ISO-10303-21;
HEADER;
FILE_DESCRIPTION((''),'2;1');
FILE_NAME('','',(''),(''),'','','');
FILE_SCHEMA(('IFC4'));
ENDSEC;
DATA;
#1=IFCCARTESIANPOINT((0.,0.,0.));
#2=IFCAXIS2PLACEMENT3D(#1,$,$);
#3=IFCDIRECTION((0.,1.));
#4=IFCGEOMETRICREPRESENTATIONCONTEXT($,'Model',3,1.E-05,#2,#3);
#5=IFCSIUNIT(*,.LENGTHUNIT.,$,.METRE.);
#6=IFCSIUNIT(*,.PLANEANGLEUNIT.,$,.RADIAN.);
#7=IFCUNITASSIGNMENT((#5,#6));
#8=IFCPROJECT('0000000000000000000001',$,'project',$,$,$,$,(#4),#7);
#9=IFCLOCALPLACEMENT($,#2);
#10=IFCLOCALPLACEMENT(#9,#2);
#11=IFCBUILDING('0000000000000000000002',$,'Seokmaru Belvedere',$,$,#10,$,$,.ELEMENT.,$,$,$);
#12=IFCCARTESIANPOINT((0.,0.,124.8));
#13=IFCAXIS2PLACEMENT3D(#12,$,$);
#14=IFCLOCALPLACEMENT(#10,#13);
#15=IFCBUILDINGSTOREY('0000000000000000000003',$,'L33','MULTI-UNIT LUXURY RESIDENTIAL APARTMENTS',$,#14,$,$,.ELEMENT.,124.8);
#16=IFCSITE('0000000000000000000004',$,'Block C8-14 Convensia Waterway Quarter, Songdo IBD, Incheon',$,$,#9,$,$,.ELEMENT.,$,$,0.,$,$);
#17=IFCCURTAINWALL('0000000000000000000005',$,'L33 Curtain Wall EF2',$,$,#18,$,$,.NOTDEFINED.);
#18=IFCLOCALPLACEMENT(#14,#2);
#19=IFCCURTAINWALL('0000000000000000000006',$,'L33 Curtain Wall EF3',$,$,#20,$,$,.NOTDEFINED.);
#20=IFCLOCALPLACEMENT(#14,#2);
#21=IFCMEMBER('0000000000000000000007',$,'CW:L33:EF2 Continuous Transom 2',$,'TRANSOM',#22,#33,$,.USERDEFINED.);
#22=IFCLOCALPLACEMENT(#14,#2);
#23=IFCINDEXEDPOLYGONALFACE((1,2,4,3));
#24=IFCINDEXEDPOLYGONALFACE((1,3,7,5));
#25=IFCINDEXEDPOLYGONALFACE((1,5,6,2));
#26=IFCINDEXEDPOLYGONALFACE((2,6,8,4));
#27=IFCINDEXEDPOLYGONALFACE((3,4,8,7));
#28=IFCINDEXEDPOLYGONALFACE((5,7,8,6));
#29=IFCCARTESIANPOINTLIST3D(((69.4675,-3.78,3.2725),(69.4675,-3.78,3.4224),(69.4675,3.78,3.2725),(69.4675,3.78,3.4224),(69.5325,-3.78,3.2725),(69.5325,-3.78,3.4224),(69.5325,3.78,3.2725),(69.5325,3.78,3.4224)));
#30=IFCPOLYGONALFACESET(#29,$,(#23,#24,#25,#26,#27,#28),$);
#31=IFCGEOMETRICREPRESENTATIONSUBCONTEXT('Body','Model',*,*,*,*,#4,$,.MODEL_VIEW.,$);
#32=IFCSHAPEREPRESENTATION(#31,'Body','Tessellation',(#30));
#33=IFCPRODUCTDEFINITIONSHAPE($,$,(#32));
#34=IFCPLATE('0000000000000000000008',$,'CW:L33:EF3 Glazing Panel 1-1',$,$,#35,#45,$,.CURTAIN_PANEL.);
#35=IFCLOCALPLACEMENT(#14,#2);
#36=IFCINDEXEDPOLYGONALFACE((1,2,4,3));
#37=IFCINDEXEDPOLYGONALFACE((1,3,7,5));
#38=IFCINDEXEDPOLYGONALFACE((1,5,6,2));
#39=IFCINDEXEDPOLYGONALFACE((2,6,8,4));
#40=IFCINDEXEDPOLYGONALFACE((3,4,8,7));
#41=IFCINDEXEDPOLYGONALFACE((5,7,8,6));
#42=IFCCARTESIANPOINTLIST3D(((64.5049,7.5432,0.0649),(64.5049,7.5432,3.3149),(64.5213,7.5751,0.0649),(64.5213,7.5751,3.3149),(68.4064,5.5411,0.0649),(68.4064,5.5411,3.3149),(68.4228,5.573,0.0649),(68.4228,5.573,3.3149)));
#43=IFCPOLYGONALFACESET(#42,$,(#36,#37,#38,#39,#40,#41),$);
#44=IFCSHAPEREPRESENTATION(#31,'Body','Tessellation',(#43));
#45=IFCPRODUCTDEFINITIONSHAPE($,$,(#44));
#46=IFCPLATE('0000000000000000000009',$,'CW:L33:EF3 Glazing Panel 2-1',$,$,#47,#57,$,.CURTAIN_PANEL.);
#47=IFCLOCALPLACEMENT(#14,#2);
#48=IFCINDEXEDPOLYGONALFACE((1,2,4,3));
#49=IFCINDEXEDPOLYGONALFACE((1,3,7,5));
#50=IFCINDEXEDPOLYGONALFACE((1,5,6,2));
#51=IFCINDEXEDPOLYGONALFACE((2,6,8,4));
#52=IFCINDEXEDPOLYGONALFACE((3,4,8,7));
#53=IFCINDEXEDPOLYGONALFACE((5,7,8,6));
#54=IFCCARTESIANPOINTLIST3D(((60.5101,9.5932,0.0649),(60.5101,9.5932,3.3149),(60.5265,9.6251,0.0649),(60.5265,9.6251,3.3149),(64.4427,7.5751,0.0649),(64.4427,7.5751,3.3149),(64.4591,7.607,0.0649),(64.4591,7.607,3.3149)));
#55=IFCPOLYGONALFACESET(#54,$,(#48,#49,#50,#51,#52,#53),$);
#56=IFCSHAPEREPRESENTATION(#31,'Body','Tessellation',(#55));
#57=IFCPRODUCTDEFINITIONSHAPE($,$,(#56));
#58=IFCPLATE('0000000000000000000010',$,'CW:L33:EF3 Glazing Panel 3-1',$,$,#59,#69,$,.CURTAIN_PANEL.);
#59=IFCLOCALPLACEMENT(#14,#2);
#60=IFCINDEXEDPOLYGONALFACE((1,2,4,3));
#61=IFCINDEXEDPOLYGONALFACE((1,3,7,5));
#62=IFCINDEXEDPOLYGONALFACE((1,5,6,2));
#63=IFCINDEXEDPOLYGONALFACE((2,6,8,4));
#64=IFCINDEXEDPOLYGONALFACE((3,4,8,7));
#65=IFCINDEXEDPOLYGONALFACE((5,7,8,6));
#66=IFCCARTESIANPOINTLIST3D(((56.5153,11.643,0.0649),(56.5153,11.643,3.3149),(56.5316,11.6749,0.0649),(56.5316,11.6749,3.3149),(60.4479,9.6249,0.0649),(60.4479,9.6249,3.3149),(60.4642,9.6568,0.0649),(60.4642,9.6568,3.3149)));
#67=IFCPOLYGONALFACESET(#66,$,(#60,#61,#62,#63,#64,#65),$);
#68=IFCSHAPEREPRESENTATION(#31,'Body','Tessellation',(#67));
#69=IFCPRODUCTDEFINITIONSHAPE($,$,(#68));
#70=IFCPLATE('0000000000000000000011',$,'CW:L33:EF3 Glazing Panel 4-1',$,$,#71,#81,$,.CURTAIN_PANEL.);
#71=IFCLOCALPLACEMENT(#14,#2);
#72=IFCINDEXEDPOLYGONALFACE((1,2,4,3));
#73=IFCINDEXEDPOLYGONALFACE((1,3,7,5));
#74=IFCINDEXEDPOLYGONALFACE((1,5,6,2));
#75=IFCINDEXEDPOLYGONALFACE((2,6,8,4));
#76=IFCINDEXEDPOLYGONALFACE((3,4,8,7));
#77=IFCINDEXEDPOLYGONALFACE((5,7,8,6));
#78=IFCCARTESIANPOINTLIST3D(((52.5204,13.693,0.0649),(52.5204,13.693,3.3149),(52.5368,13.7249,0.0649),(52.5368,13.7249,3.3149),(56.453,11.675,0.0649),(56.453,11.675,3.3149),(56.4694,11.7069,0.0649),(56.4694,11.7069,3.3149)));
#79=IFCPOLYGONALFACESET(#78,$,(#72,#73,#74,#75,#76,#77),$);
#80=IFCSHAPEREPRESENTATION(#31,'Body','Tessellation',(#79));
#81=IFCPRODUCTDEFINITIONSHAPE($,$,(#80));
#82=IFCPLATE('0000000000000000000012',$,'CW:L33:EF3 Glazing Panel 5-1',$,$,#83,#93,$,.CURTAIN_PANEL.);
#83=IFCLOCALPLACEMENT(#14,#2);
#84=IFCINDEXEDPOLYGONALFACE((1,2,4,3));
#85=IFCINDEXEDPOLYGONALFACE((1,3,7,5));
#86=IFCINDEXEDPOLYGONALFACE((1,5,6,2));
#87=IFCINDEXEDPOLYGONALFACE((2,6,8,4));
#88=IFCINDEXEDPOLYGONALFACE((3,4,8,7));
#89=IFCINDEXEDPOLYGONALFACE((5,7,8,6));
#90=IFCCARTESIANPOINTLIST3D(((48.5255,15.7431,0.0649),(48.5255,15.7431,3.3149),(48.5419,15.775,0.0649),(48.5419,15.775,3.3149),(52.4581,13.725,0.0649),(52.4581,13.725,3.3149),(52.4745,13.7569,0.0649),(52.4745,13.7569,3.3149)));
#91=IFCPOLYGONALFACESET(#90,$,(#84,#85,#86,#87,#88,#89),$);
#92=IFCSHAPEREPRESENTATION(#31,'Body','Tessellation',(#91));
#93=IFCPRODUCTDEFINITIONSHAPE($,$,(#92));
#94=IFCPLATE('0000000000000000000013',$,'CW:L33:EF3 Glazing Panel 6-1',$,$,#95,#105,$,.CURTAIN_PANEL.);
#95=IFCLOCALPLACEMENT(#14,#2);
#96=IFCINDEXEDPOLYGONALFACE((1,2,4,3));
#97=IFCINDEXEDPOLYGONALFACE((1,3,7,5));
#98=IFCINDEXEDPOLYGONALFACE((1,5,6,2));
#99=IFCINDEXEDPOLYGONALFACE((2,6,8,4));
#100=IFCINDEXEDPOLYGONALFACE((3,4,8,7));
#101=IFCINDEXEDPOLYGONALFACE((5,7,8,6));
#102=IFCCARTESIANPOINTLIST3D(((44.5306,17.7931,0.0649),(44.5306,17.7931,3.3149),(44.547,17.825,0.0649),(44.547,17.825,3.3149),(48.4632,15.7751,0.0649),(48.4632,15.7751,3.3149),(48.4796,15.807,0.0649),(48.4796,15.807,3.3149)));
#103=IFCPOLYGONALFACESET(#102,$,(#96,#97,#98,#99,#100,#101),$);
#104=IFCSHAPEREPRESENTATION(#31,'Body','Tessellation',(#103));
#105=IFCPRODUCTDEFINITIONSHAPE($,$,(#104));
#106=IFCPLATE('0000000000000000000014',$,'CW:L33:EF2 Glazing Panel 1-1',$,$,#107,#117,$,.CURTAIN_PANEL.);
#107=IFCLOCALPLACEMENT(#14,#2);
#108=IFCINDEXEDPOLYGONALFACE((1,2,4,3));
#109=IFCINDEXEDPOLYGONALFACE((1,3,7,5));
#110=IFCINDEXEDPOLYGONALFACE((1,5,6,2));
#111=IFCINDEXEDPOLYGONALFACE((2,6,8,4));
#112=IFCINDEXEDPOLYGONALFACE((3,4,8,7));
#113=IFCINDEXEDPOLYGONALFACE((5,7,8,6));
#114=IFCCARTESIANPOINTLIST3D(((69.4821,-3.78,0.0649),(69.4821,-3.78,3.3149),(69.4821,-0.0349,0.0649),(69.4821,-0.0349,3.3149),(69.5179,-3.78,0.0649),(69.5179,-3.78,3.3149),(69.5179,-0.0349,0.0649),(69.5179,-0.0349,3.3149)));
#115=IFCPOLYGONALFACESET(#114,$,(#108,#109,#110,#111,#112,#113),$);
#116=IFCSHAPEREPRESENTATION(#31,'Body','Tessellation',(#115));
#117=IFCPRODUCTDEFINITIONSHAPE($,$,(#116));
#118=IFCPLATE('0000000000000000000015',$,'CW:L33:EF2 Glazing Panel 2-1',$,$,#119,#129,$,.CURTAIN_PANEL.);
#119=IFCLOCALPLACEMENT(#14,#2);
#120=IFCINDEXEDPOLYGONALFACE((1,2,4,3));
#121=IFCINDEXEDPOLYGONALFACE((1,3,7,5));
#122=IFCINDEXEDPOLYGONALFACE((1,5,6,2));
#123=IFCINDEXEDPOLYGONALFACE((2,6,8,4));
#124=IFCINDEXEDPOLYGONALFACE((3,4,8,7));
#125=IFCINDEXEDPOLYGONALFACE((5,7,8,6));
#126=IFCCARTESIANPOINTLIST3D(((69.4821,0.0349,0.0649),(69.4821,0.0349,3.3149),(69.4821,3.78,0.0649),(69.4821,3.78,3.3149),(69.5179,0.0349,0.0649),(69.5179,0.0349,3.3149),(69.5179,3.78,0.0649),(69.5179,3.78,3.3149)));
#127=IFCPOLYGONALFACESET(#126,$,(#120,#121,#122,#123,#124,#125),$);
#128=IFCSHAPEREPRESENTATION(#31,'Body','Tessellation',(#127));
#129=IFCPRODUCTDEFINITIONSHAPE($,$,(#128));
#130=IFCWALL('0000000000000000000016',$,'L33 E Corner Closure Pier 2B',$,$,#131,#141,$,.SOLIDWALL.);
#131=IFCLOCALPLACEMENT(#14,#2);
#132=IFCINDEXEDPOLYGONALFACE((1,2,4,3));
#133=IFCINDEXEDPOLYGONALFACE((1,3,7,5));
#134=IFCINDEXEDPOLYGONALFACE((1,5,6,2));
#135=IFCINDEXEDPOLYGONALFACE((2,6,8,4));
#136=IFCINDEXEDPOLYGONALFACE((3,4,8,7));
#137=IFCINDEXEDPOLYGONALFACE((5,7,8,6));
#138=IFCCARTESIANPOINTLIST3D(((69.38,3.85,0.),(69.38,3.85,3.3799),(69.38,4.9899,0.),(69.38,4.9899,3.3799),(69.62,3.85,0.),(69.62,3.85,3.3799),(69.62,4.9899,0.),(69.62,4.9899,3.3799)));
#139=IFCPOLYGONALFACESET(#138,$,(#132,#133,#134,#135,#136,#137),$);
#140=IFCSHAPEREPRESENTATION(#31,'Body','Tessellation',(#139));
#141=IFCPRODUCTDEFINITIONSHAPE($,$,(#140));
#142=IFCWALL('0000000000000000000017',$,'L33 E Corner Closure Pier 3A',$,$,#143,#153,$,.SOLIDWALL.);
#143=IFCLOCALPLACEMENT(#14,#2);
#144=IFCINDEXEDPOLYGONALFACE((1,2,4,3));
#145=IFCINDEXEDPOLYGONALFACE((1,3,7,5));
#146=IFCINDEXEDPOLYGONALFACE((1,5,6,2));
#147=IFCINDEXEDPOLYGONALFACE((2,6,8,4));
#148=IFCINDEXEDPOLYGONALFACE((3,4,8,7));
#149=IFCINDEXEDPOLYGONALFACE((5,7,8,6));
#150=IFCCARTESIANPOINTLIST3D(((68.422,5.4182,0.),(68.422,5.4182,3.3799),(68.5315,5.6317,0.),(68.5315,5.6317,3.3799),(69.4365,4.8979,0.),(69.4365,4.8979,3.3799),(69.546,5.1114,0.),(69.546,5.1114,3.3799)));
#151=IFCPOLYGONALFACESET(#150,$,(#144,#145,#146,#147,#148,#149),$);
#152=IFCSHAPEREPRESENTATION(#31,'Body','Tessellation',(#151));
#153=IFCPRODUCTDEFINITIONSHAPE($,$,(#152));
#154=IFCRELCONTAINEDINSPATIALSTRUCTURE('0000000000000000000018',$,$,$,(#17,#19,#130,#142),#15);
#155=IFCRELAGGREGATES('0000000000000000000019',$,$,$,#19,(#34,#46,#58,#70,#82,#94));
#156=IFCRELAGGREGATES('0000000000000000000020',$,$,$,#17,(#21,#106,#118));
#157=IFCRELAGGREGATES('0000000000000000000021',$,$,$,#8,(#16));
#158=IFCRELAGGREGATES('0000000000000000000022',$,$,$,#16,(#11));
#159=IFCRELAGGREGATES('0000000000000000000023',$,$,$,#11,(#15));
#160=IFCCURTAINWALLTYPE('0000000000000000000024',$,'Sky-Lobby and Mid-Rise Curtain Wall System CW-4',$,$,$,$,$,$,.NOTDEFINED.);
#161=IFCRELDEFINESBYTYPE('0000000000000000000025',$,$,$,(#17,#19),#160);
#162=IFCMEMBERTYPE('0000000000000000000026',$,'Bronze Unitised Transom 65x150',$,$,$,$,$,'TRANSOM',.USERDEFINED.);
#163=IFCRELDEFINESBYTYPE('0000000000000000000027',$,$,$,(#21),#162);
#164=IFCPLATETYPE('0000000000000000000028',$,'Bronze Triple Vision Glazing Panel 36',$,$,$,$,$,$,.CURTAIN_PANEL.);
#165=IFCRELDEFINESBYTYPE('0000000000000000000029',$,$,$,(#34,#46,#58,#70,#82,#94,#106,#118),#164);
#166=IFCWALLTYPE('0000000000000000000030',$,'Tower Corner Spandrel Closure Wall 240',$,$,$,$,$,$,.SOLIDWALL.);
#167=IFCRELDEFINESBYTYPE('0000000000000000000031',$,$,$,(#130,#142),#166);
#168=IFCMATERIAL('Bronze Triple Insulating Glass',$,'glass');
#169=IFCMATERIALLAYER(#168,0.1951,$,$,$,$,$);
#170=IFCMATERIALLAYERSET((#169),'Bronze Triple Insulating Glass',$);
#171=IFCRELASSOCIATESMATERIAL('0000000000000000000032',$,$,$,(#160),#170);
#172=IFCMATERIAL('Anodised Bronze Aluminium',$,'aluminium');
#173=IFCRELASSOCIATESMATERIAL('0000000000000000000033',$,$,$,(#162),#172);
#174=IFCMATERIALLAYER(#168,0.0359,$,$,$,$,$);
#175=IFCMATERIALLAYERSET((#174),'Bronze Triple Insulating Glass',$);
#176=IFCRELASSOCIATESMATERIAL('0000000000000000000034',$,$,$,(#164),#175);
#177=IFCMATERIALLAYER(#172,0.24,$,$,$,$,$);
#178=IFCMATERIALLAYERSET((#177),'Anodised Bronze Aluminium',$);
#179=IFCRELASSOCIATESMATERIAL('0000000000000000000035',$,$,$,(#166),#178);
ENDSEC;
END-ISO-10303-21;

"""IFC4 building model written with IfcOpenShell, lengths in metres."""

from ifc_helpers import new_model, si_unit, direction, frame, frame_2d, origin, origin_2d, place, context, subcontext, project, spatial, rectangle, extrude, source, transform, mapped, material, layer, layer_set, material_profile, profile_set, type_object, type_shapes, element, aggregate, save


model = new_model("IFC4")

# Units and contexts
model_context = context("Model", 3, precision=1e-05, world=origin(), true_north=direction((0.0, 1.0)))
body_context = subcontext(model_context, "Body", "Model", "MODEL_VIEW")
ifc_project = project(units=[si_unit("LENGTHUNIT", "METRE"), si_unit("PLANEANGLEUNIT", "RADIAN")], contexts=[model_context])

# Site, building, storey
site_placement = place(None, origin())
site = spatial("IfcSite", under=ifc_project, at=site_placement, Name="Block C8-14 Convensia Waterway Quarter, Songdo IBD, Incheon", CompositionType="ELEMENT", RefElevation=0.0)
building_placement = place(site_placement, origin())
building = spatial("IfcBuilding", under=site, at=building_placement, Name="Seokmaru Belvedere", CompositionType="ELEMENT")
storey_placement = place(building_placement, frame((0.0, 0.0, 124.8)))
storey = spatial("IfcBuildingStorey", under=building, at=storey_placement, Name="L33", Description="MULTI-UNIT LUXURY RESIDENTIAL APARTMENTS", CompositionType="ELEMENT", Elevation=124.8)

# Curtain walls
ifc_material_1 = material(Name="Bronze Triple Insulating Glass", Category="glass")
ifc_layer_1 = layer(ifc_material_1, 0.1951)
ifc_layer_set_1 = layer_set([ifc_layer_1], Name="Bronze Triple Insulating Glass")
curtain_wall_type = type_object("IfcCurtainWallType", Name="Sky-Lobby and Mid-Rise Curtain Wall System CW-4", PredefinedType="NOTDEFINED", material=ifc_layer_set_1)
curtain_wall_1_placement = place(storey_placement, origin())
curtain_wall_1 = element("IfcCurtainWall", 1, at=curtain_wall_1_placement, inside=storey, type_object=curtain_wall_type, Name="L33 Curtain Wall EF2", PredefinedType="NOTDEFINED")
ifc_material_2 = material(Name="Anodised Bronze Aluminium", Category="aluminium")
curtain_wall_2_placement = place(storey_placement, origin())
curtain_wall_2 = element("IfcCurtainWall", 2, at=curtain_wall_2_placement, inside=storey, type_object=curtain_wall_type, Name="L33 Curtain Wall EF3", PredefinedType="NOTDEFINED")

# Member
ifc_material_profile_1 = material_profile(ifc_material_2, rectangle(XDim=0.0649, YDim=0.1499, at=origin_2d()), Name="CW-T-65x150")
ifc_profile_set_1 = profile_set([ifc_material_profile_1], Name="Anodised Bronze Aluminium")
member_type_1 = type_object("IfcMemberType", Name="Bronze Unitised Transom 65x150", ElementType="TRANSOM", PredefinedType="USERDEFINED", material=ifc_profile_set_1)
shared_shape_1 = source(origin(), body_context, "Body", "SweptSolid", [
    extrude(rectangle(XDim=0.0649, YDim=0.1499, at=origin_2d()), origin(), (0.0, 0.0, 1.0), 7.5601),
])
member_1_placement = place(storey_placement, frame((69.5, -3.78, 3.3474), z_axis=(0.0, 1.0, 0.0), x_axis=(-1.0, 0.0, 0.0)))
member_1 = element("IfcMember", 3, at=member_1_placement, type_object=member_type_1, Name="CW:L33:EF2 Continuous Transom 2", ObjectType="TRANSOM", PredefinedType="USERDEFINED", context=body_context, shape_type="MappedRepresentation", body=[
    mapped(shared_shape_1, transform((0.0, 0.0, 0.0), scale=1.0)),
])

# Plates
ifc_layer_2 = layer(ifc_material_1, 0.0359)
ifc_layer_set_2 = layer_set([ifc_layer_2], Name="Bronze Triple Insulating Glass")
plate_type = type_object("IfcPlateType", Name="Bronze Triple Vision Glazing Panel 36", PredefinedType="CURTAIN_PANEL", material=ifc_layer_set_2)
shared_shape_2 = source(origin(), body_context, "Body", "SweptSolid", [
    extrude(rectangle(XDim=4.3853, YDim=0.0359, at=origin_2d()), origin(), (0.0, 0.0, 1.0), 3.25),
])
plate_1_placement = place(storey_placement, frame((66.4639, 6.5581, 0.0649), z_axis=(0.0, 0.0, 1.0), x_axis=(-0.889695, 0.456555, 0.0)))
plate_1 = element("IfcPlate", 4, at=plate_1_placement, type_object=plate_type, Name="CW:L33:EF3 Glazing Panel 1-1", PredefinedType="CURTAIN_PANEL", context=body_context, shape_type="MappedRepresentation", body=[
    mapped(shared_shape_2, transform((0.0, 0.0, 0.0), scale=1.0)),
])
shared_shape_3 = source(origin(), body_context, "Body", "SweptSolid", [
    extrude(rectangle(XDim=4.4202, YDim=0.0359, at=origin_2d()), origin(), (0.0, 0.0, 1.0), 3.25),
])
plate_2_placement = place(storey_placement, frame((62.4846, 8.6001, 0.0649), z_axis=(0.0, 0.0, 1.0), x_axis=(-0.889695, 0.456555, 0.0)))
plate_2 = element("IfcPlate", 5, at=plate_2_placement, type_object=plate_type, Name="CW:L33:EF3 Glazing Panel 2-1", PredefinedType="CURTAIN_PANEL", context=body_context, shape_type="MappedRepresentation", body=[
    mapped(shared_shape_3, transform((0.0, 0.0, 0.0), scale=1.0)),
])
plate_3_placement = place(storey_placement, frame((58.4897, 10.6499, 0.0649), z_axis=(0.0, 0.0, 1.0), x_axis=(-0.889695, 0.456555, 0.0)))
plate_3 = element("IfcPlate", 6, at=plate_3_placement, type_object=plate_type, Name="CW:L33:EF3 Glazing Panel 3-1", PredefinedType="CURTAIN_PANEL", context=body_context, shape_type="MappedRepresentation", body=[
    mapped(shared_shape_3, transform((0.0, 0.0, 0.0), scale=1.0)),
])
plate_4_placement = place(storey_placement, frame((54.4949, 12.7, 0.0649), z_axis=(0.0, 0.0, 1.0), x_axis=(-0.889695, 0.456555, 0.0)))
plate_4 = element("IfcPlate", 7, at=plate_4_placement, type_object=plate_type, Name="CW:L33:EF3 Glazing Panel 4-1", PredefinedType="CURTAIN_PANEL", context=body_context, shape_type="MappedRepresentation", body=[
    mapped(shared_shape_3, transform((0.0, 0.0, 0.0), scale=1.0)),
])
plate_5_placement = place(storey_placement, frame((50.5, 14.75, 0.0649), z_axis=(0.0, 0.0, 1.0), x_axis=(-0.889695, 0.456555, 0.0)))
plate_5 = element("IfcPlate", 8, at=plate_5_placement, type_object=plate_type, Name="CW:L33:EF3 Glazing Panel 5-1", PredefinedType="CURTAIN_PANEL", context=body_context, shape_type="MappedRepresentation", body=[
    mapped(shared_shape_3, transform((0.0, 0.0, 0.0), scale=1.0)),
])
plate_6_placement = place(storey_placement, frame((46.5051, 16.8, 0.0649), z_axis=(0.0, 0.0, 1.0), x_axis=(-0.889695, 0.456555, 0.0)))
plate_6 = element("IfcPlate", 9, at=plate_6_placement, type_object=plate_type, Name="CW:L33:EF3 Glazing Panel 6-1", PredefinedType="CURTAIN_PANEL", context=body_context, shape_type="MappedRepresentation", body=[
    mapped(shared_shape_3, transform((0.0, 0.0, 0.0), scale=1.0)),
])
aggregate(curtain_wall_2, [plate_1, plate_2, plate_3, plate_4, plate_5, plate_6])
shared_shape_4 = source(origin(), body_context, "Body", "SweptSolid", [
    extrude(rectangle(XDim=3.7451, YDim=0.0359, at=origin_2d()), origin(), (0.0, 0.0, 1.0), 3.25),
])
type_shapes(plate_type, [shared_shape_2, shared_shape_3, shared_shape_4])
plate_7_placement = place(storey_placement, frame((69.5, -1.9075, 0.0649), z_axis=(0.0, 0.0, 1.0), x_axis=(0.0, 1.0, 0.0)))
plate_7 = element("IfcPlate", 10, at=plate_7_placement, type_object=plate_type, Name="CW:L33:EF2 Glazing Panel 1-1", PredefinedType="CURTAIN_PANEL", context=body_context, shape_type="MappedRepresentation", body=[
    mapped(shared_shape_4, transform((0.0, 0.0, 0.0), scale=1.0)),
])
plate_8_placement = place(storey_placement, frame((69.5, 1.9075, 0.0649), z_axis=(0.0, 0.0, 1.0), x_axis=(0.0, 1.0, 0.0)))
plate_8 = element("IfcPlate", 11, at=plate_8_placement, type_object=plate_type, Name="CW:L33:EF2 Glazing Panel 2-1", PredefinedType="CURTAIN_PANEL", context=body_context, shape_type="MappedRepresentation", body=[
    mapped(shared_shape_4, transform((0.0, 0.0, 0.0), scale=1.0)),
])
aggregate(curtain_wall_1, [member_1, plate_7, plate_8])

# Walls
ifc_layer_3 = layer(ifc_material_2, 0.24)
ifc_layer_set_3 = layer_set([ifc_layer_3], Name="Anodised Bronze Aluminium")
wall_type = type_object("IfcWallType", Name="Tower Corner Spandrel Closure Wall 240", PredefinedType="SOLIDWALL", material=ifc_layer_set_3)
wall_1_placement = place(storey_placement, frame((69.5, 3.8501, 0.0), z_axis=(0.0, 0.0, 1.0), x_axis=(0.0, 1.0, 0.0)))
element("IfcWall", 12, at=wall_1_placement, inside=storey, type_object=wall_type, Name="L33 E Corner Closure Pier 2B", PredefinedType="SOLIDWALL", context=body_context, shape_type="SweptSolid", body=[
    extrude(rectangle(XDim=1.1399, YDim=0.24, at=frame_2d((0.5698, 0.0))), origin(), (0.0, 0.0, 1.0), 3.3799),
])
wall_2_placement = place(storey_placement, frame((69.4912, 5.0046, 0.0), z_axis=(0.0, 0.0, 1.0), x_axis=(-0.889797, 0.456356, 0.0)))
element("IfcWall", 13, at=wall_2_placement, inside=storey, type_object=wall_type, Name="L33 E Corner Closure Pier 3A", PredefinedType="SOLIDWALL", context=body_context, shape_type="SweptSolid", body=[
    extrude(rectangle(XDim=1.1401, YDim=0.24, at=frame_2d((0.5701, 0.0))), origin(), (0.0, 0.0, 1.0), 3.3799),
])

save(model, "model.ifc")
